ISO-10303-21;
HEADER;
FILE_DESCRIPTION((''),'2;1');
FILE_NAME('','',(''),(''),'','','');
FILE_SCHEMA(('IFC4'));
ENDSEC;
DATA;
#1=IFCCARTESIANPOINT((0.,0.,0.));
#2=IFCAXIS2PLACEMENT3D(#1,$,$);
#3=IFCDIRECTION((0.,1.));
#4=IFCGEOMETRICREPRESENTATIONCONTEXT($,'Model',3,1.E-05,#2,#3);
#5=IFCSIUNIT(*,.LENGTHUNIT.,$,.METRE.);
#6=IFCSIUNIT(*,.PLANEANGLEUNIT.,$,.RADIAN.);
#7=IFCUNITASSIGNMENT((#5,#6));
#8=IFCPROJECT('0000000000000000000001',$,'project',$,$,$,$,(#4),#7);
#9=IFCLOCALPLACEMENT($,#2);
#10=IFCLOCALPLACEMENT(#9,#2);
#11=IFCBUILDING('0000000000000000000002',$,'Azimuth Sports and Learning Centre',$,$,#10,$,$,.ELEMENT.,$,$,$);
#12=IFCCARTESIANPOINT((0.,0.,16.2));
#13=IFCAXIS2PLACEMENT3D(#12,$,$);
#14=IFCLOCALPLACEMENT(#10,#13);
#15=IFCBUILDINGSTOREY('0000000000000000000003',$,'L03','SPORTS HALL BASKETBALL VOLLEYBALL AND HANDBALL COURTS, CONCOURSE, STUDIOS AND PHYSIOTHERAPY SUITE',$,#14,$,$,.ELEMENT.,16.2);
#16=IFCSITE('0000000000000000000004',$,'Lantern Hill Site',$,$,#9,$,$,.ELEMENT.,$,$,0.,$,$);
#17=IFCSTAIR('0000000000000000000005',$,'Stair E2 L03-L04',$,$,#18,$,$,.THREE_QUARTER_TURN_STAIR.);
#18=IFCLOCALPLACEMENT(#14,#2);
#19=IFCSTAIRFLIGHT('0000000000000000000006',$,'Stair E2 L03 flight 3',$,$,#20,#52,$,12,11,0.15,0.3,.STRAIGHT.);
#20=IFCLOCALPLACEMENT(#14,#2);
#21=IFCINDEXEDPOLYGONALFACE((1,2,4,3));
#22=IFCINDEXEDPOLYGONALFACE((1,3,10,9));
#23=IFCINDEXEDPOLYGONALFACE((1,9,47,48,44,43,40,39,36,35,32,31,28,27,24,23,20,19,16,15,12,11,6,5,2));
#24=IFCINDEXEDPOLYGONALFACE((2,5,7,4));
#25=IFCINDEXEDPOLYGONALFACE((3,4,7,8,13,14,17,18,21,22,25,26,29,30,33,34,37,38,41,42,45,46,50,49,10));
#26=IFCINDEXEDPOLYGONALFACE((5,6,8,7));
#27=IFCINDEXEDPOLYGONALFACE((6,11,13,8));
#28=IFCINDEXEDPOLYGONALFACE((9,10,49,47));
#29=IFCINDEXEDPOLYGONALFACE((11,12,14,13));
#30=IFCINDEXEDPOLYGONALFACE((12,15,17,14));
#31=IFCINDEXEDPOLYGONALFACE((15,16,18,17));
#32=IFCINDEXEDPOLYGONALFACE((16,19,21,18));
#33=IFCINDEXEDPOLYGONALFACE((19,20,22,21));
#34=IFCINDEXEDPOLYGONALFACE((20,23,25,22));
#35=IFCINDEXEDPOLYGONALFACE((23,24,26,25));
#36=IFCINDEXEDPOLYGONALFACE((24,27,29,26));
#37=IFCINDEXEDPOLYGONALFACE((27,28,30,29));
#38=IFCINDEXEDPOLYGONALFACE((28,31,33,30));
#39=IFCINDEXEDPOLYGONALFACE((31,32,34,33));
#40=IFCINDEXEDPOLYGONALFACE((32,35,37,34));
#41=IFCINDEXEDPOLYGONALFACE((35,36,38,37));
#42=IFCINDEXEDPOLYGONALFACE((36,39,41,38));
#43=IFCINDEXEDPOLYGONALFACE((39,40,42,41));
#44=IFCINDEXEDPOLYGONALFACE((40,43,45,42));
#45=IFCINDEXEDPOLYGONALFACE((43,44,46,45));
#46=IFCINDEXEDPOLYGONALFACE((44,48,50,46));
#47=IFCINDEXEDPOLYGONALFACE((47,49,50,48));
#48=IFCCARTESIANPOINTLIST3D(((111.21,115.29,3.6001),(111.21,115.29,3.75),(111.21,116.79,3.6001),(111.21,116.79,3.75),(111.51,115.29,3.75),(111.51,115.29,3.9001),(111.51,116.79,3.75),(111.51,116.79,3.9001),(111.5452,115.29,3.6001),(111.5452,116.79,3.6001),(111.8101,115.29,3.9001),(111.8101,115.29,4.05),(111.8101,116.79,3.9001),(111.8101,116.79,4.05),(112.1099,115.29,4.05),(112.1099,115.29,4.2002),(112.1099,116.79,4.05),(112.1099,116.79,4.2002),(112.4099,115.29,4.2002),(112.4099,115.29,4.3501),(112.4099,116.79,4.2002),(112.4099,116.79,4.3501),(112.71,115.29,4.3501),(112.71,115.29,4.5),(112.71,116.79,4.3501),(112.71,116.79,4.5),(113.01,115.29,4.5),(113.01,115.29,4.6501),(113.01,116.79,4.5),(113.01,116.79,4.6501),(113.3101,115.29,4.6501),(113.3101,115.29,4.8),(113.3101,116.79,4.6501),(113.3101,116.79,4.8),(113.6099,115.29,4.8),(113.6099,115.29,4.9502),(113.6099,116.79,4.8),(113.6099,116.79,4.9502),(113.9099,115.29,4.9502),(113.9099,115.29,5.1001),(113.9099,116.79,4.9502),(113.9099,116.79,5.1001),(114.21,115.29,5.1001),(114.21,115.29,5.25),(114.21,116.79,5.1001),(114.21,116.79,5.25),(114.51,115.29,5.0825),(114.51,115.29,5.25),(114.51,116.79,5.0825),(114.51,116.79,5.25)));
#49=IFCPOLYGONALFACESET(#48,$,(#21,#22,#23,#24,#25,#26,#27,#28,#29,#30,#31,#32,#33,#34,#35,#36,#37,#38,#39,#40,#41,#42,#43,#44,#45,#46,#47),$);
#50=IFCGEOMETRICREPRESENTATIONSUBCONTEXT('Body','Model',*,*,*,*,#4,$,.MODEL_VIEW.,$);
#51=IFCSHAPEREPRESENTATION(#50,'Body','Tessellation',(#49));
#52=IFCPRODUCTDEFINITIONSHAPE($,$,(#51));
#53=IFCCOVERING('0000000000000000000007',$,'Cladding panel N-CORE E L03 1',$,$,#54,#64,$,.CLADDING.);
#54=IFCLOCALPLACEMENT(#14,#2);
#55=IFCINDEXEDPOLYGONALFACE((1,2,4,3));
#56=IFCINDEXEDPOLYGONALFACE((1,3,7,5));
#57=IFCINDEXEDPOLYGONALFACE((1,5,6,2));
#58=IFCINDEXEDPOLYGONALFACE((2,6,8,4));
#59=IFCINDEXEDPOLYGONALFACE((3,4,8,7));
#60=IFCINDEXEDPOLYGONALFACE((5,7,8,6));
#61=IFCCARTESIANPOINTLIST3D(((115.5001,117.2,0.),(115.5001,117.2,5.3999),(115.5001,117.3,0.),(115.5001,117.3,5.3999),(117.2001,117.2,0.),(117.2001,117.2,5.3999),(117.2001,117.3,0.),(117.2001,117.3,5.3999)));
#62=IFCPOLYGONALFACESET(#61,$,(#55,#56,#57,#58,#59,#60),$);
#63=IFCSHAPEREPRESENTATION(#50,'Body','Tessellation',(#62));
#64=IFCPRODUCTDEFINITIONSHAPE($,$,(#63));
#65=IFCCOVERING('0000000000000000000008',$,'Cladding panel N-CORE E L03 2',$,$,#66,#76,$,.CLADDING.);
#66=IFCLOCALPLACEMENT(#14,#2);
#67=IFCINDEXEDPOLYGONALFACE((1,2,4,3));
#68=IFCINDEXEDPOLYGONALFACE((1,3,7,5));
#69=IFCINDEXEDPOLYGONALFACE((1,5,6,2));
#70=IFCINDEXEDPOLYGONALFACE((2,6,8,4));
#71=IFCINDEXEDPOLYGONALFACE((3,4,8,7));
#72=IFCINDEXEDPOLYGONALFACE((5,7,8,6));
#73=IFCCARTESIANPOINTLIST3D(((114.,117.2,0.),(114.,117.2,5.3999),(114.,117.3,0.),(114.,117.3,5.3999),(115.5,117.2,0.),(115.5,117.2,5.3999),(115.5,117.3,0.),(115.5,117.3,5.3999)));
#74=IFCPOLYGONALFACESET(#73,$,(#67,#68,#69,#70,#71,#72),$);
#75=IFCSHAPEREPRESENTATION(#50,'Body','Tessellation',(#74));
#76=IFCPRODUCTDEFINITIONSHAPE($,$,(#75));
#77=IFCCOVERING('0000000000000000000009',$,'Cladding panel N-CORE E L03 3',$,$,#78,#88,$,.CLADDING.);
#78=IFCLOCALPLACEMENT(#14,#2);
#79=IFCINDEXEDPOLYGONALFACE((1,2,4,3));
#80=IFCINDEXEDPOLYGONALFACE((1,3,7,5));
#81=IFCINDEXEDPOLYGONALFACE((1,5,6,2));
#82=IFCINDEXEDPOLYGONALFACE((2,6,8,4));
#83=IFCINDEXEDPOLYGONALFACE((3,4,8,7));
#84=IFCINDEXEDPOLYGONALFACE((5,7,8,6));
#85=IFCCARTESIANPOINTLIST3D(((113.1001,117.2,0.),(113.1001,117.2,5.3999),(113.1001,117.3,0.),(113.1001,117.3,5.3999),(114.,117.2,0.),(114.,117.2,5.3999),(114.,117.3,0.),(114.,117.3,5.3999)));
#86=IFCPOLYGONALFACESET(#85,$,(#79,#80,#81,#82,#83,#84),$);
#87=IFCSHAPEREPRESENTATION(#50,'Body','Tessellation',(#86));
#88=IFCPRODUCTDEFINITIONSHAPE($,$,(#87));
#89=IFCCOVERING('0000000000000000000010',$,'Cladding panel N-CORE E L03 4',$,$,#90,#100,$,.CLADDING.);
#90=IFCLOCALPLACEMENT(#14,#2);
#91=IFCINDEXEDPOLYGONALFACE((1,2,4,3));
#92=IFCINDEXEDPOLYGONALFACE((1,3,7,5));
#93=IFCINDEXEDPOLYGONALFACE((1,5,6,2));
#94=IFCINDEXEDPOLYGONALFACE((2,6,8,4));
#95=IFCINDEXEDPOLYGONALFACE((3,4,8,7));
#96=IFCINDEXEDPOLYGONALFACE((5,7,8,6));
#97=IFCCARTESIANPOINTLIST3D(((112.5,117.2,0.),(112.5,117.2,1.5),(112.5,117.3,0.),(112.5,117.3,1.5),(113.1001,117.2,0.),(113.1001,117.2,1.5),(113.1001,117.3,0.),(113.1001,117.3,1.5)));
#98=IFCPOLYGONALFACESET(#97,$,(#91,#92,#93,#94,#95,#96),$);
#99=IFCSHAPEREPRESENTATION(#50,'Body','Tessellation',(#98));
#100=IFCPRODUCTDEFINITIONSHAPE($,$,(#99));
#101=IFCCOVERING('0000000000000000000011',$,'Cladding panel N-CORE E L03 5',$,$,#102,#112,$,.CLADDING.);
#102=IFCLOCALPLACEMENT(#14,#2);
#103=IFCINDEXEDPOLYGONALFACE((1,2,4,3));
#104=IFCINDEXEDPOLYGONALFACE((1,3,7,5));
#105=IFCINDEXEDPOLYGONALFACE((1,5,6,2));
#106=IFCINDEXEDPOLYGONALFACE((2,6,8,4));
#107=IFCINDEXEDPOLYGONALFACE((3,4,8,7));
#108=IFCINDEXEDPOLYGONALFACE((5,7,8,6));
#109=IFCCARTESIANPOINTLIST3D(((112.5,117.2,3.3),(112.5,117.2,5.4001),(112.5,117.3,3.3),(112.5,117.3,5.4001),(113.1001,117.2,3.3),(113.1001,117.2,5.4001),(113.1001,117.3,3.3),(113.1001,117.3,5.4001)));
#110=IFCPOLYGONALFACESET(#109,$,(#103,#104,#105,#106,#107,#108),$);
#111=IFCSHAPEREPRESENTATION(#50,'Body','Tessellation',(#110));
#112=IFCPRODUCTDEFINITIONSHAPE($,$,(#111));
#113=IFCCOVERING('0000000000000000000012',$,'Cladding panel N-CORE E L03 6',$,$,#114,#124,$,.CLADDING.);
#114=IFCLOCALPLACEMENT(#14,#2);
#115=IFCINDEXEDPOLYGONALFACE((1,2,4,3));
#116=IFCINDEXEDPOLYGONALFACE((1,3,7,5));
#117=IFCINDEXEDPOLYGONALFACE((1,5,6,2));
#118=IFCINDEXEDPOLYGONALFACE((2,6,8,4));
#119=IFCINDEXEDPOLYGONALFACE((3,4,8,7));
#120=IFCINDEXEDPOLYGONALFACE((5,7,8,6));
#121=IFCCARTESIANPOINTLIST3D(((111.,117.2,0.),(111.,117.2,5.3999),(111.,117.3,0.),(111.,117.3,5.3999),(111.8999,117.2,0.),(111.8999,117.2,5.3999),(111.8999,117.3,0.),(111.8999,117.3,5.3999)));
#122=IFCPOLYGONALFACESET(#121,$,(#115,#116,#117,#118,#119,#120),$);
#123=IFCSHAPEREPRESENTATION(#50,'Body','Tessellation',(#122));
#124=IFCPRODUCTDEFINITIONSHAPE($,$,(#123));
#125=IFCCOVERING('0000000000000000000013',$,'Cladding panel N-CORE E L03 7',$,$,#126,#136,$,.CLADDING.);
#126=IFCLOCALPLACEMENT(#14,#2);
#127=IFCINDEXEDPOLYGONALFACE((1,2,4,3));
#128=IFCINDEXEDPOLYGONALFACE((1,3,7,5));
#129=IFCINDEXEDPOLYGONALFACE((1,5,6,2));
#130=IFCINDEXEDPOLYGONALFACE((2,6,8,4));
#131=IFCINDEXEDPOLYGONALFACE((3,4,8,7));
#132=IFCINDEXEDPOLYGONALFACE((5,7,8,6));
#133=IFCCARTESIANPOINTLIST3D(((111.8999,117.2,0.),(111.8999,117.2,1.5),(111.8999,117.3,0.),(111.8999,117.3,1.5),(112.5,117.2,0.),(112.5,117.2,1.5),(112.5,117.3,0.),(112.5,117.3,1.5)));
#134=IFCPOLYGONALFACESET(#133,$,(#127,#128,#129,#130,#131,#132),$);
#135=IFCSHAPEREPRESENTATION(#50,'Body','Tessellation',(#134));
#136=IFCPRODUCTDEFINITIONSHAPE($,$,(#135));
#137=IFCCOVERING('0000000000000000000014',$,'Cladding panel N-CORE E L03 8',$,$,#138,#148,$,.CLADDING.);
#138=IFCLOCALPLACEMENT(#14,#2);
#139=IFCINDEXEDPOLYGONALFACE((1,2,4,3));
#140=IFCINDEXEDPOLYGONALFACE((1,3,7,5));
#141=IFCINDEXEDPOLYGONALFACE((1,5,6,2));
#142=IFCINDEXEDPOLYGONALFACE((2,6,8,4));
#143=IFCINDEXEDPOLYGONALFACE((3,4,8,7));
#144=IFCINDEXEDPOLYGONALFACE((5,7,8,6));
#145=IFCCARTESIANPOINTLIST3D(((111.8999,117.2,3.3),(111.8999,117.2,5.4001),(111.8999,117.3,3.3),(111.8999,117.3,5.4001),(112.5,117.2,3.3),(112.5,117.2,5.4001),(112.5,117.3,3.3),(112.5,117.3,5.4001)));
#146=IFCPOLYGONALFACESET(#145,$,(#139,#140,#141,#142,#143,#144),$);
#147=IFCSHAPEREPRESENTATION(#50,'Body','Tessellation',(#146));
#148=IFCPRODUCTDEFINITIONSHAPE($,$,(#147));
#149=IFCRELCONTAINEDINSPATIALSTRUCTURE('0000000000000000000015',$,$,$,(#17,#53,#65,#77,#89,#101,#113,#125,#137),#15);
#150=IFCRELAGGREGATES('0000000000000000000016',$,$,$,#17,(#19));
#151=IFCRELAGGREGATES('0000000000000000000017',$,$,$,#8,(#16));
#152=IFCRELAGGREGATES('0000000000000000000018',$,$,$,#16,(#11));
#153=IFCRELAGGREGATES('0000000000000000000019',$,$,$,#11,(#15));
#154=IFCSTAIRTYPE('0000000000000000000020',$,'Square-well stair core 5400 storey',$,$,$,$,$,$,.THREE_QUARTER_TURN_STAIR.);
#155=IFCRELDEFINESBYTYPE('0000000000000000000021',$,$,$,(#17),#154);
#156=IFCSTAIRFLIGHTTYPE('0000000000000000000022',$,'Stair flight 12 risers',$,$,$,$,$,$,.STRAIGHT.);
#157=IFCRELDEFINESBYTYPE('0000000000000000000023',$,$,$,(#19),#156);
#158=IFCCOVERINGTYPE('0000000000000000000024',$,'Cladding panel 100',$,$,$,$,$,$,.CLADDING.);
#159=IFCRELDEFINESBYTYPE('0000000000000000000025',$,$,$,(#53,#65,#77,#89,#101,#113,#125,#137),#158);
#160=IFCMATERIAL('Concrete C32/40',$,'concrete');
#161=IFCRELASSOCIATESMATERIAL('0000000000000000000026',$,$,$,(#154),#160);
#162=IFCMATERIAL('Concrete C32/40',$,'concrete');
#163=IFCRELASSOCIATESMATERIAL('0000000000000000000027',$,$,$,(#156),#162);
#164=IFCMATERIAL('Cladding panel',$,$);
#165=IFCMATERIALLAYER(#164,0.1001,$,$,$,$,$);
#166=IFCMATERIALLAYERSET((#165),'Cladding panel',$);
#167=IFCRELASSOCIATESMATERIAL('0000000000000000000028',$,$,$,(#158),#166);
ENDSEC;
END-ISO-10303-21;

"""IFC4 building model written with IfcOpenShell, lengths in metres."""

from ifc_helpers import new_model, si_unit, direction, frame, origin, origin_2d, place, context, subcontext, project, spatial, polyline, rectangle, outline, extrude, material, layer, layer_set, type_object, element, aggregate, save


model = new_model("IFC4")

# Units and contexts
model_context = context("Model", 3, precision=1e-05, world=origin(), true_north=direction((0.0, 1.0)))
body_context = subcontext(model_context, "Body", "Model", "MODEL_VIEW")
ifc_project = project(units=[si_unit("LENGTHUNIT", "METRE"), si_unit("PLANEANGLEUNIT", "RADIAN")], contexts=[model_context])

# Site, building, storey
site_placement = place(None, origin())
site = spatial("IfcSite", under=ifc_project, at=site_placement, Name="Lantern Hill Site", CompositionType="ELEMENT", RefElevation=0.0)
building_placement = place(site_placement, origin())
building = spatial("IfcBuilding", under=site, at=building_placement, Name="Azimuth Sports and Learning Centre", CompositionType="ELEMENT")
storey_placement = place(building_placement, frame((0.0, 0.0, 16.2)))
storey = spatial("IfcBuildingStorey", under=building, at=storey_placement, Name="L03", Description="SPORTS HALL BASKETBALL VOLLEYBALL AND HANDBALL COURTS, CONCOURSE, STUDIOS AND PHYSIOTHERAPY SUITE", CompositionType="ELEMENT", Elevation=16.2)

# Stair, stair flight
ifc_material_1 = material(Name="Concrete C32/40", Category="concrete")
stair_type = type_object("IfcStairType", Name="Square-well stair core 5400 storey", PredefinedType="THREE_QUARTER_TURN_STAIR", material=ifc_material_1)
stair_placement = place(storey_placement, origin())
stair = element("IfcStair", 1, at=stair_placement, inside=storey, type_object=stair_type, Name="Stair E2 L03-L04", PredefinedType="THREE_QUARTER_TURN_STAIR")
ifc_material_2 = material(Name="Concrete C32/40", Category="concrete")
stair_flight_type = type_object("IfcStairFlightType", Name="Stair flight 12 risers", PredefinedType="STRAIGHT", material=ifc_material_2)
stair_flight_1_placement = place(storey_placement, frame((111.21, 116.04, 3.6001), z_axis=(0.0, 0.0, 1.0), x_axis=(1.0, 0.0, 0.0)))
stair_flight_1 = element("IfcStairFlight", 2, at=stair_flight_1_placement, type_object=stair_flight_type, Name="Stair E2 L03 flight 3", NumberOfRisers=12, NumberOfTreads=11, PredefinedType="STRAIGHT", RiserHeight=0.15, TreadLength=0.3, context=body_context, shape_type="SweptSolid", body=[
    extrude(outline(polyline([(0.0, 0.0), (0.0, 0.1499), (0.3, 0.1499), (0.3, 0.3), (0.6001, 0.3), (0.6001, 0.45), (0.8999, 0.45), (0.8999, 0.6001), (1.2, 0.6001), (1.2, 0.75), (1.5, 0.75), (1.5, 0.8999), (1.8, 0.8999), (1.8, 1.05), (2.1001, 1.05), (2.1001, 1.2), (2.3999, 1.2), (2.3999, 1.3501), (2.7, 1.3501), (2.7, 1.5), (3.0, 1.5), (3.0, 1.6499), (3.3, 1.6499), (3.3, 1.8), (3.3, 1.4824), (0.3352, 0.0), (0.0, 0.0)])), frame((0.0, 0.75, 0.0), z_axis=(0.0, -1.0, 0.0), x_axis=(1.0, 0.0, 0.0)), (0.0, 0.0, 1.0), 1.5),
])
aggregate(stair, [stair_flight_1])

# Coverings
ifc_material_3 = material(Name="Cladding panel")
ifc_layer_1 = layer(ifc_material_3, 0.1001)
ifc_layer_set_1 = layer_set([ifc_layer_1], Name="Cladding panel")
covering_type = type_object("IfcCoveringType", Name="Cladding panel 100", PredefinedType="CLADDING", material=ifc_layer_set_1)
covering_1_placement = place(storey_placement, frame((116.3501, 117.25, 0.0), z_axis=(0.0, 0.0, 1.0), x_axis=(-1.0, 0.0, 0.0)))
element("IfcCovering", 3, at=covering_1_placement, inside=storey, type_object=covering_type, Name="Cladding panel N-CORE E L03 1", PredefinedType="CLADDING", context=body_context, shape_type="SweptSolid", body=[
    extrude(rectangle(XDim=1.7, YDim=0.1001, at=origin_2d()), origin(), (0.0, 0.0, 1.0), 5.3999),
])
covering_2_placement = place(storey_placement, frame((114.75, 117.25, 0.0), z_axis=(0.0, 0.0, 1.0), x_axis=(-1.0, 0.0, 0.0)))
element("IfcCovering", 4, at=covering_2_placement, inside=storey, type_object=covering_type, Name="Cladding panel N-CORE E L03 2", PredefinedType="CLADDING", context=body_context, shape_type="SweptSolid", body=[
    extrude(rectangle(XDim=1.5, YDim=0.1001, at=origin_2d()), origin(), (0.0, 0.0, 1.0), 5.3999),
])
covering_3_placement = place(storey_placement, frame((113.55, 117.25, 0.0), z_axis=(0.0, 0.0, 1.0), x_axis=(-1.0, 0.0, 0.0)))
element("IfcCovering", 5, at=covering_3_placement, inside=storey, type_object=covering_type, Name="Cladding panel N-CORE E L03 3", PredefinedType="CLADDING", context=body_context, shape_type="SweptSolid", body=[
    extrude(rectangle(XDim=0.8999, YDim=0.1001, at=origin_2d()), origin(), (0.0, 0.0, 1.0), 5.3999),
])
covering_4_placement = place(storey_placement, frame((112.8, 117.25, 0.0), z_axis=(0.0, 0.0, 1.0), x_axis=(-1.0, 0.0, 0.0)))
element("IfcCovering", 6, at=covering_4_placement, inside=storey, type_object=covering_type, Name="Cladding panel N-CORE E L03 4", PredefinedType="CLADDING", context=body_context, shape_type="SweptSolid", body=[
    extrude(rectangle(XDim=0.6001, YDim=0.1001, at=origin_2d()), origin(), (0.0, 0.0, 1.0), 1.5),
])
covering_5_placement = place(storey_placement, frame((112.8, 117.25, 3.3), z_axis=(0.0, 0.0, 1.0), x_axis=(-1.0, 0.0, 0.0)))
element("IfcCovering", 7, at=covering_5_placement, inside=storey, type_object=covering_type, Name="Cladding panel N-CORE E L03 5", PredefinedType="CLADDING", context=body_context, shape_type="SweptSolid", body=[
    extrude(rectangle(XDim=0.6001, YDim=0.1001, at=origin_2d()), origin(), (0.0, 0.0, 1.0), 2.1001),
])
covering_6_placement = place(storey_placement, frame((111.45, 117.25, 0.0), z_axis=(0.0, 0.0, 1.0), x_axis=(-1.0, 0.0, 0.0)))
element("IfcCovering", 8, at=covering_6_placement, inside=storey, type_object=covering_type, Name="Cladding panel N-CORE E L03 6", PredefinedType="CLADDING", context=body_context, shape_type="SweptSolid", body=[
    extrude(rectangle(XDim=0.8999, YDim=0.1001, at=origin_2d()), origin(), (0.0, 0.0, 1.0), 5.3999),
])
covering_7_placement = place(storey_placement, frame((112.2, 117.25, 0.0), z_axis=(0.0, 0.0, 1.0), x_axis=(-1.0, 0.0, 0.0)))
element("IfcCovering", 9, at=covering_7_placement, inside=storey, type_object=covering_type, Name="Cladding panel N-CORE E L03 7", PredefinedType="CLADDING", context=body_context, shape_type="SweptSolid", body=[
    extrude(rectangle(XDim=0.6001, YDim=0.1001, at=origin_2d()), origin(), (0.0, 0.0, 1.0), 1.5),
])
covering_8_placement = place(storey_placement, frame((112.2, 117.25, 3.3), z_axis=(0.0, 0.0, 1.0), x_axis=(-1.0, 0.0, 0.0)))
element("IfcCovering", 10, at=covering_8_placement, inside=storey, type_object=covering_type, Name="Cladding panel N-CORE E L03 8", PredefinedType="CLADDING", context=body_context, shape_type="SweptSolid", body=[
    extrude(rectangle(XDim=0.6001, YDim=0.1001, at=origin_2d()), origin(), (0.0, 0.0, 1.0), 2.1001),
])

save(model, "model.ifc")
